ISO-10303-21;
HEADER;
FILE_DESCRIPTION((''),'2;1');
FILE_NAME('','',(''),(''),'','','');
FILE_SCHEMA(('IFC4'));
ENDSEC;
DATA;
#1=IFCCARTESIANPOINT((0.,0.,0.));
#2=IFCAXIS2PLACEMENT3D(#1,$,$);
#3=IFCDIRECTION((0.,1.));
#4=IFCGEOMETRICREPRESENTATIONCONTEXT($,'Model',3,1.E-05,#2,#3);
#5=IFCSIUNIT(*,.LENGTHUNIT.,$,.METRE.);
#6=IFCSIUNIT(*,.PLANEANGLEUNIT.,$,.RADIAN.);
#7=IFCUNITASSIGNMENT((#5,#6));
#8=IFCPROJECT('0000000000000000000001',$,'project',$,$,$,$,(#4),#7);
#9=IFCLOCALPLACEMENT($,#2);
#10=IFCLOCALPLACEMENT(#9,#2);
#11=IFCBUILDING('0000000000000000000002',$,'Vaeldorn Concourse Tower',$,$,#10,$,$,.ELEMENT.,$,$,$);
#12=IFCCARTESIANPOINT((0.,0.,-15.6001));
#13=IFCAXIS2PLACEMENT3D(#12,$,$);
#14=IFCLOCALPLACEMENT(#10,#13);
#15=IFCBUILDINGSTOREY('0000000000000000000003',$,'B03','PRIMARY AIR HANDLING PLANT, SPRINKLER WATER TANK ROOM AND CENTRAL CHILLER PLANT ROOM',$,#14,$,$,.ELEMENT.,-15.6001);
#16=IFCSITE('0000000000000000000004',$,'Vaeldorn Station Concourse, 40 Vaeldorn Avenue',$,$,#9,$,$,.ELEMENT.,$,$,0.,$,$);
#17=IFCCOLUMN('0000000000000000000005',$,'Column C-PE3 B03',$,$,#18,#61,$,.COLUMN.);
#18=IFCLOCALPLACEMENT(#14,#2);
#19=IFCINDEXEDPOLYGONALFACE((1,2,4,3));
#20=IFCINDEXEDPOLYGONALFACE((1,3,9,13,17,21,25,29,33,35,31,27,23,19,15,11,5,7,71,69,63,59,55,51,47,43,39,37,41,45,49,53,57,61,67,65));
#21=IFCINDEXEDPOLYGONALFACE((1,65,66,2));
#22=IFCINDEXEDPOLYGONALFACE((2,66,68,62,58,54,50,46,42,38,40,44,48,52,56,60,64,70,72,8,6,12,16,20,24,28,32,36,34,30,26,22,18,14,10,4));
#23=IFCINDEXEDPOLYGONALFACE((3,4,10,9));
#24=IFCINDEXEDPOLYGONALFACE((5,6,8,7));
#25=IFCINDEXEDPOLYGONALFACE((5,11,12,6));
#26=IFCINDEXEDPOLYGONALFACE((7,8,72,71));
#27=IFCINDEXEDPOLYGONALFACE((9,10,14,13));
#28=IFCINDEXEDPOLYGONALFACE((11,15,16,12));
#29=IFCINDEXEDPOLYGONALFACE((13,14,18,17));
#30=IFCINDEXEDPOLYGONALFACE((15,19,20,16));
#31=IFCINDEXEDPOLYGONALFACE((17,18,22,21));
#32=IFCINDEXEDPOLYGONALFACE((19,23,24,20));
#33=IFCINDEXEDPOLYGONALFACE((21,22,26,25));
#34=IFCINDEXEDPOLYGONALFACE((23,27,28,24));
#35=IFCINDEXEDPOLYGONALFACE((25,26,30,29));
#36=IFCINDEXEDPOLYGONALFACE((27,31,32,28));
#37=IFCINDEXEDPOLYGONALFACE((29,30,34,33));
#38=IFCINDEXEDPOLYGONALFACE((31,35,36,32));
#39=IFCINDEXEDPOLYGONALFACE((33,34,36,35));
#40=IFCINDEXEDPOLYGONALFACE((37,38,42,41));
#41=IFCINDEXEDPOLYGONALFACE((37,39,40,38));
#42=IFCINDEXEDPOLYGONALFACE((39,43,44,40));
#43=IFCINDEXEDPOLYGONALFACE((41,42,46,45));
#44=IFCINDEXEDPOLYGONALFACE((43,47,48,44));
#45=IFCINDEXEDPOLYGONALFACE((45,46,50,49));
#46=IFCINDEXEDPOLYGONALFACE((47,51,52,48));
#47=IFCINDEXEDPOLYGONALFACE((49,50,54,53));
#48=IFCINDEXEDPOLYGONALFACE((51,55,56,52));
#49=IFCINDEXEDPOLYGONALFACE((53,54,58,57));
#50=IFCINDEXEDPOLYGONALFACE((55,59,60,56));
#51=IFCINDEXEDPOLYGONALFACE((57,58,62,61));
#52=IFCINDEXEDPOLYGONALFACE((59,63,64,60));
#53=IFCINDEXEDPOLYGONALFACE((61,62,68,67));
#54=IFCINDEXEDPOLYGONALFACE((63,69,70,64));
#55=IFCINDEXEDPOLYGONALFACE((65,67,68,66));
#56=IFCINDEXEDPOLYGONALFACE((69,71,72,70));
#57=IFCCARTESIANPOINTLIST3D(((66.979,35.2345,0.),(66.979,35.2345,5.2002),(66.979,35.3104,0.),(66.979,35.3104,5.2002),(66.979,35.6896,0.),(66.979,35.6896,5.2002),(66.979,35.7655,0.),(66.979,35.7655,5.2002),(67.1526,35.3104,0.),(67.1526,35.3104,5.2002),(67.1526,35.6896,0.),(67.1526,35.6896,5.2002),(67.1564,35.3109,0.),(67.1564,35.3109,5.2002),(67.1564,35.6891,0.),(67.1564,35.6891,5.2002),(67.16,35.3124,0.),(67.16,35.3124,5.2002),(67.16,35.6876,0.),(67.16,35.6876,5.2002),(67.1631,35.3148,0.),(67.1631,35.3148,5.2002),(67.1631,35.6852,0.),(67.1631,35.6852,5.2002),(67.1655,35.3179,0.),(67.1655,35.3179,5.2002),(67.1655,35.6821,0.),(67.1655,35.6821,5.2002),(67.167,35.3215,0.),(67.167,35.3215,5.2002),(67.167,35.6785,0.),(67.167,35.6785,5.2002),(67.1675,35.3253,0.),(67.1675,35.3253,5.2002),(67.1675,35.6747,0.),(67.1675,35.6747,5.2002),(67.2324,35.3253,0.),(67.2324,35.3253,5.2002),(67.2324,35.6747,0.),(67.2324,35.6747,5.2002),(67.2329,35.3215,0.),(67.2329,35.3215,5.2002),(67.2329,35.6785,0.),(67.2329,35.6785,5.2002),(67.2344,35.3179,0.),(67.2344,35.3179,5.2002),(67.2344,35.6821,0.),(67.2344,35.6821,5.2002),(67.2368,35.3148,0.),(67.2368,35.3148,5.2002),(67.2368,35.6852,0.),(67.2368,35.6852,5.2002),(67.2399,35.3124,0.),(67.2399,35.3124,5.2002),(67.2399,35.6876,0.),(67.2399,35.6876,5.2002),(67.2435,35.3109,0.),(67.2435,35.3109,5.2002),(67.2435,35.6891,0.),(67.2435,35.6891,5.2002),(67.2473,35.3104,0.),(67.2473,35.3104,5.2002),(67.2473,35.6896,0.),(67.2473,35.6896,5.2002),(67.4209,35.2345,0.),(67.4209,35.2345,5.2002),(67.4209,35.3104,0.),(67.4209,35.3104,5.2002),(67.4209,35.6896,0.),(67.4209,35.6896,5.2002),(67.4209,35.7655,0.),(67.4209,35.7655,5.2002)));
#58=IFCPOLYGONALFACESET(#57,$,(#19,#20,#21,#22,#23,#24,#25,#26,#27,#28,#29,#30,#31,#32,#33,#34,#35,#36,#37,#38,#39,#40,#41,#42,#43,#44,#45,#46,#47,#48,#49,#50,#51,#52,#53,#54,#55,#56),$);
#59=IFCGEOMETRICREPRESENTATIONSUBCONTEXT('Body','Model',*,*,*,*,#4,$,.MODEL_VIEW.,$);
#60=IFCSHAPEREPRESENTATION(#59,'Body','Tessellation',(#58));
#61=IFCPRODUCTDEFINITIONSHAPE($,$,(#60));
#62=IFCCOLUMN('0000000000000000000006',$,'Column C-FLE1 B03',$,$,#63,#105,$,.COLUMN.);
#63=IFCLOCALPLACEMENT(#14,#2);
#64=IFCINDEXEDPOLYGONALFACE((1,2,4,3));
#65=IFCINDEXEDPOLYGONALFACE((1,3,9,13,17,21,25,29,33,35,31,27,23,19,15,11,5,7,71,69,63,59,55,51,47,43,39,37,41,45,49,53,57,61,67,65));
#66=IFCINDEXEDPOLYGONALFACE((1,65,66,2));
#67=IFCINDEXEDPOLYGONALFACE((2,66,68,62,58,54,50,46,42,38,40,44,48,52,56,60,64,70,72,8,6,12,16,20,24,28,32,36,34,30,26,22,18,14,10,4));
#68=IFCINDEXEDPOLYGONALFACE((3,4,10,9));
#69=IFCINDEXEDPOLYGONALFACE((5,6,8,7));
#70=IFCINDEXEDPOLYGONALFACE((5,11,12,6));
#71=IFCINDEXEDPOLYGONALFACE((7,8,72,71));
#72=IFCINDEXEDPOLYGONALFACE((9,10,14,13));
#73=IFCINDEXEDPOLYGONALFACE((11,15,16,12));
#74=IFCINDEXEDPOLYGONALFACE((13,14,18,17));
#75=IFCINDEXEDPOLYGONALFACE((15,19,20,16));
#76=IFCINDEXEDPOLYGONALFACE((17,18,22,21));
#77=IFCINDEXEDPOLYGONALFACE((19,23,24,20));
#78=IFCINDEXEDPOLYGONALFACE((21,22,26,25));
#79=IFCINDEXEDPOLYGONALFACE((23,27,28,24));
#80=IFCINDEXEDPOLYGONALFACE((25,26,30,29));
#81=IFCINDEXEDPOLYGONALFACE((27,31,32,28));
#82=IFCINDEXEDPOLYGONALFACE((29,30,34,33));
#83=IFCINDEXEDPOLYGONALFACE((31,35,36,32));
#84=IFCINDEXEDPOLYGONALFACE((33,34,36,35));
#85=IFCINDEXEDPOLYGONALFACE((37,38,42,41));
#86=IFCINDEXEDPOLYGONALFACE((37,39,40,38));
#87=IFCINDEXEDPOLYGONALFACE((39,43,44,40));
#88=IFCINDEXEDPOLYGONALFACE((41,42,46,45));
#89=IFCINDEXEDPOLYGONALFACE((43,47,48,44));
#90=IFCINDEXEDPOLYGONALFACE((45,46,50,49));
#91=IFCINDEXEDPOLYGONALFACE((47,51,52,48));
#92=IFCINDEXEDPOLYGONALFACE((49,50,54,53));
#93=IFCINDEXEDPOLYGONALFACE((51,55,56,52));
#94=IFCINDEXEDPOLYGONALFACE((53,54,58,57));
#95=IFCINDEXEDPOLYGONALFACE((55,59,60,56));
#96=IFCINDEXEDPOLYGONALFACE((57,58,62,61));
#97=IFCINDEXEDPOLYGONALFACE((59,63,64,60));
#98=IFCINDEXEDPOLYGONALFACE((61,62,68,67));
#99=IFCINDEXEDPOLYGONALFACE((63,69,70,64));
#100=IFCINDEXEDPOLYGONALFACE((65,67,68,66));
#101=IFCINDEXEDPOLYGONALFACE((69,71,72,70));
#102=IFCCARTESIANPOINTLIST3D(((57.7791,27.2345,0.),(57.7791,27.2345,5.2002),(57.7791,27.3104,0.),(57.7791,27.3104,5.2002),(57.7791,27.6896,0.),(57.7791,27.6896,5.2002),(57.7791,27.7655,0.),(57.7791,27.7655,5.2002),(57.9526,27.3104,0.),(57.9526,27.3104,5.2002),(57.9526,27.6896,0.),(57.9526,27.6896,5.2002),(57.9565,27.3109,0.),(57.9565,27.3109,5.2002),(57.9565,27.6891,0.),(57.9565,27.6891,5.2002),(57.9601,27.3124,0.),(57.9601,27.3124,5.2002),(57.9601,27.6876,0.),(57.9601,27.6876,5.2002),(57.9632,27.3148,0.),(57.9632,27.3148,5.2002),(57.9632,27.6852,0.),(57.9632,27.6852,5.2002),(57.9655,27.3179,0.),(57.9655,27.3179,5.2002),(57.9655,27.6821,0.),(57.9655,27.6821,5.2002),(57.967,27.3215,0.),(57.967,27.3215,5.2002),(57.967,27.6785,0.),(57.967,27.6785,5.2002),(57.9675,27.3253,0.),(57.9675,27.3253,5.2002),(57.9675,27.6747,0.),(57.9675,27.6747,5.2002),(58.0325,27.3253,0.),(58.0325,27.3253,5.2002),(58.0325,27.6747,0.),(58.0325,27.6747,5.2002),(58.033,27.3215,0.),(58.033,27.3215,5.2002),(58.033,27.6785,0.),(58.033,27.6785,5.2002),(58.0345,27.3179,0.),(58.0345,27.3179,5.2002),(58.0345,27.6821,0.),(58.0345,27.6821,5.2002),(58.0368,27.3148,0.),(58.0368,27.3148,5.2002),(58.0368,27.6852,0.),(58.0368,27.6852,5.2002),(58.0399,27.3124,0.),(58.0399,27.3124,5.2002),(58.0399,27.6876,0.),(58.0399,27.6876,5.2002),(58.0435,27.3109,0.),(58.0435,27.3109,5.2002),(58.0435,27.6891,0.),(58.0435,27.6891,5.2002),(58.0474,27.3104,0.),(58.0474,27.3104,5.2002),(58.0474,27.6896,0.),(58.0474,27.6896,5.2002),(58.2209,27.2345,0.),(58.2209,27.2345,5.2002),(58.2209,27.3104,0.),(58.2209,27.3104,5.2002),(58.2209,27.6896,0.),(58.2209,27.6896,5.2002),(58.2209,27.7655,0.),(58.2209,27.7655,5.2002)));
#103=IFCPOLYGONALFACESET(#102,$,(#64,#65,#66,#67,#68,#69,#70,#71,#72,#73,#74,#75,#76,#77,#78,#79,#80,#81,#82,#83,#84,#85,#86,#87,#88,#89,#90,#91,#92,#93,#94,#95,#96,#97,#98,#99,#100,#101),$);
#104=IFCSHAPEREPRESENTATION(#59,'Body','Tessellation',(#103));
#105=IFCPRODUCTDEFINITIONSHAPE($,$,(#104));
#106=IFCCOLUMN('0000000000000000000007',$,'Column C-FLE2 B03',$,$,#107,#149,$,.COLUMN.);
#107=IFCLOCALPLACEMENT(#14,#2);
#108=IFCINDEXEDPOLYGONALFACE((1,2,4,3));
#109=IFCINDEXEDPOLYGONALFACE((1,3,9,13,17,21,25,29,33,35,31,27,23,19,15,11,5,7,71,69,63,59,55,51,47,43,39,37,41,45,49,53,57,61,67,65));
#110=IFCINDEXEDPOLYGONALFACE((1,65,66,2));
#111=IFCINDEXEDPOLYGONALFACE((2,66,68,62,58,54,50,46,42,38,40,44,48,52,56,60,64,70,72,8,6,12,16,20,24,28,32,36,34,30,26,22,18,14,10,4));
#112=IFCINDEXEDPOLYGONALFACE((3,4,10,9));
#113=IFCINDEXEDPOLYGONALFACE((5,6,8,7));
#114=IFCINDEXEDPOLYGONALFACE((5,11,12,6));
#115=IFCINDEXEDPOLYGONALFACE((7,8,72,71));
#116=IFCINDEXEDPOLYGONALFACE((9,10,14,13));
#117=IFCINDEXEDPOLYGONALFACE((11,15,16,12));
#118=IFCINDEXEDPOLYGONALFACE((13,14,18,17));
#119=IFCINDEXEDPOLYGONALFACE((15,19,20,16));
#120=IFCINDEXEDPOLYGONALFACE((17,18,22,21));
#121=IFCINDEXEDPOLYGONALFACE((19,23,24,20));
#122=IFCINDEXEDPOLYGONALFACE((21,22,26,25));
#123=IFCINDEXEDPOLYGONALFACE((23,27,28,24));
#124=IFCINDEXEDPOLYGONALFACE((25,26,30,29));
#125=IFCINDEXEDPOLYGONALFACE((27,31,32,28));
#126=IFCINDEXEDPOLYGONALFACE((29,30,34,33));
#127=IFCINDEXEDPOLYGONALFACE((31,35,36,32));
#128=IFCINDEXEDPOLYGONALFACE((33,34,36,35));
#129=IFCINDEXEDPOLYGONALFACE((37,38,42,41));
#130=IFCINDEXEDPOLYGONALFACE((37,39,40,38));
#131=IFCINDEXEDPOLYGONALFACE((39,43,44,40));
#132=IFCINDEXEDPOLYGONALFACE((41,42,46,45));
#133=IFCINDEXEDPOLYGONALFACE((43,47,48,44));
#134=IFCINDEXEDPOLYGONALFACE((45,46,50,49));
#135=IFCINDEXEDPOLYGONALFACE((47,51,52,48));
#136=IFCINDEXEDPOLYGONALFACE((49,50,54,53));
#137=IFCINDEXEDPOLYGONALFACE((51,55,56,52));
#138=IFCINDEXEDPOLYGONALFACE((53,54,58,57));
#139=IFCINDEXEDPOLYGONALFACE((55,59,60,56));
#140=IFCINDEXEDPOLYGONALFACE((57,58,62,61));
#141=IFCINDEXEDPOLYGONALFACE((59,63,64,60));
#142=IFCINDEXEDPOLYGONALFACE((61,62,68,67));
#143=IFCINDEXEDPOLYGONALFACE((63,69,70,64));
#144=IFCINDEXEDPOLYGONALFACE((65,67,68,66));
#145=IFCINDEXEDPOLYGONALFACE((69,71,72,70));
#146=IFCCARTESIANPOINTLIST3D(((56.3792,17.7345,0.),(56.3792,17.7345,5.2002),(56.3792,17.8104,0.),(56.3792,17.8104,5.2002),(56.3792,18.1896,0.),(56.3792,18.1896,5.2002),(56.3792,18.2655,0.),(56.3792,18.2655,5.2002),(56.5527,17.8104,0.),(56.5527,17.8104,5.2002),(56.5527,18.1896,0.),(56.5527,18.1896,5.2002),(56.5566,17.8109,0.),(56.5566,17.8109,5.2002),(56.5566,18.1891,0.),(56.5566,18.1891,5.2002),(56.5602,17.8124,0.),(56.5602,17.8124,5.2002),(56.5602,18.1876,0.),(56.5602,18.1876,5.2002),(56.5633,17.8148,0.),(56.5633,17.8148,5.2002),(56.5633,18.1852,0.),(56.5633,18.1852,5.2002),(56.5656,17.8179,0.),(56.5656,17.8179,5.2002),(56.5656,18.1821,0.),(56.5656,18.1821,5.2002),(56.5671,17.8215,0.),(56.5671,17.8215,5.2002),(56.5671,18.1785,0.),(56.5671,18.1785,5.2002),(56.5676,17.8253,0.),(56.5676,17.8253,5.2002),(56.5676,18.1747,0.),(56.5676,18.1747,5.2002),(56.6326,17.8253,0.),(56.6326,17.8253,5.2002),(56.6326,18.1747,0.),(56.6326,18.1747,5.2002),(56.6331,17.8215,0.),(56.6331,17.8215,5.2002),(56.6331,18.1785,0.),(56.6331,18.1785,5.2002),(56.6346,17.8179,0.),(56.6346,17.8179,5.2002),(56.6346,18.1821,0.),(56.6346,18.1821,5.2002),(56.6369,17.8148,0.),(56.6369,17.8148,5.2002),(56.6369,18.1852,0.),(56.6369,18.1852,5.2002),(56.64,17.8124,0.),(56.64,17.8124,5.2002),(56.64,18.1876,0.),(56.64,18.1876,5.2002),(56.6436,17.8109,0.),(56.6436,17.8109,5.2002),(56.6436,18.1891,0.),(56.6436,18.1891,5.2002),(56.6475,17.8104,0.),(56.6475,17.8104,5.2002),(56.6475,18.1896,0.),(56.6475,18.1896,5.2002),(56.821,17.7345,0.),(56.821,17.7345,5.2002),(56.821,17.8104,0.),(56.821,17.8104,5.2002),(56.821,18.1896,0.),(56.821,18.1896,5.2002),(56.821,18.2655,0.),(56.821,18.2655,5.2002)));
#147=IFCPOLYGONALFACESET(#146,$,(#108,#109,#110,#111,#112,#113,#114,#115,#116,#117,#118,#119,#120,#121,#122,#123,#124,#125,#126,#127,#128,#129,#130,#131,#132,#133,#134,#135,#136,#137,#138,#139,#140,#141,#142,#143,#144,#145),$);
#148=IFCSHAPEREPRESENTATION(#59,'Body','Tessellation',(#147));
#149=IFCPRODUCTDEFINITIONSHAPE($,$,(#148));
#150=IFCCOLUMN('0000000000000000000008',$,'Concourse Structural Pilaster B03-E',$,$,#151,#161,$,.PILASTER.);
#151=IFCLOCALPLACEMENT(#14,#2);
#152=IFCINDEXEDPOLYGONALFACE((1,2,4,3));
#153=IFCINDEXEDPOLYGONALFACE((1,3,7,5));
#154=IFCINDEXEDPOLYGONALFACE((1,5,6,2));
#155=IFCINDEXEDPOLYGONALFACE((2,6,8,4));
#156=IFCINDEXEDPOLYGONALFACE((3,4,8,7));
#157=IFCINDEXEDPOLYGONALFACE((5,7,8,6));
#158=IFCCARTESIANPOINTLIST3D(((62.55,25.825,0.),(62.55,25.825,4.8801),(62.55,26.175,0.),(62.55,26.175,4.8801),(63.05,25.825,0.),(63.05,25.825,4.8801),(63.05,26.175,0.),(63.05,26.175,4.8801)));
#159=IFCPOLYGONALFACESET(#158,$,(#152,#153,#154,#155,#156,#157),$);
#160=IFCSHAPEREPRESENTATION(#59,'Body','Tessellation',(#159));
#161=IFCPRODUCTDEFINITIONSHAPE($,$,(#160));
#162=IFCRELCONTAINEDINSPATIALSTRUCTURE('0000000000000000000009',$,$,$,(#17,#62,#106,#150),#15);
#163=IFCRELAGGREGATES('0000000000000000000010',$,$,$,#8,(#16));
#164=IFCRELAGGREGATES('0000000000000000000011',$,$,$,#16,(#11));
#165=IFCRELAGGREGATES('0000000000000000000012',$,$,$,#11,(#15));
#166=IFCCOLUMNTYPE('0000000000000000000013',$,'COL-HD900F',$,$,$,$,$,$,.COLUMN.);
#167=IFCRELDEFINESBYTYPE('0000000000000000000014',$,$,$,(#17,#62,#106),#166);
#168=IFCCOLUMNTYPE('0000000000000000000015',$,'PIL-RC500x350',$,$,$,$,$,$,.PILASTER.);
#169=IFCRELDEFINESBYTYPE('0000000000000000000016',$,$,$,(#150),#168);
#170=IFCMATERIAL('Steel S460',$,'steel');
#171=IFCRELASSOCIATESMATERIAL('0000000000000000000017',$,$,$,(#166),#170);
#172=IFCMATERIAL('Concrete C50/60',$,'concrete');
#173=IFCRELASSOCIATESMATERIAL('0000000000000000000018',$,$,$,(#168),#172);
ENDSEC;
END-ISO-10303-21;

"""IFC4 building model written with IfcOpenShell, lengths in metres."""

from ifc_helpers import new_model, si_unit, direction, frame, origin, origin_2d, place, context, subcontext, project, spatial, rectangle, i_section, extrude, source, transform, mapped, material, material_profile, profile_set, type_object, element, save


model = new_model("IFC4")

# Units and contexts
model_context = context("Model", 3, precision=1e-05, world=origin(), true_north=direction((0.0, 1.0)))
body_context = subcontext(model_context, "Body", "Model", "MODEL_VIEW")
ifc_project = project(units=[si_unit("LENGTHUNIT", "METRE"), si_unit("PLANEANGLEUNIT", "RADIAN")], contexts=[model_context])

# Site, building, storey
site_placement = place(None, origin())
site = spatial("IfcSite", under=ifc_project, at=site_placement, Name="Vaeldorn Station Concourse, 40 Vaeldorn Avenue", CompositionType="ELEMENT", RefElevation=0.0)
building_placement = place(site_placement, origin())
building = spatial("IfcBuilding", under=site, at=building_placement, Name="Vaeldorn Concourse Tower", CompositionType="ELEMENT")
storey_placement = place(building_placement, frame((0.0, 0.0, -15.6001)))
storey = spatial("IfcBuildingStorey", under=building, at=storey_placement, Name="B03", Description="PRIMARY AIR HANDLING PLANT, SPRINKLER WATER TANK ROOM AND CENTRAL CHILLER PLANT ROOM", CompositionType="ELEMENT", Elevation=-15.6001)

# Shared definitions
ifc_material_1 = material(Name="Concrete C50/60", Category="concrete")

# Columns
ifc_material_2 = material(Name="Steel S460", Category="steel")
ifc_material_profile_1 = material_profile(ifc_material_2, i_section(OverallWidth=0.4419, OverallDepth=0.531, WebThickness=0.0649, FlangeThickness=0.0759, FilletRadius=0.0149, at=origin_2d()), Name="HD 400x900")
ifc_profile_set_1 = profile_set([ifc_material_profile_1], Name="Steel S460")
column_type_1 = type_object("IfcColumnType", Name="COL-HD900F", PredefinedType="COLUMN", material=ifc_profile_set_1)
shared_shape_1 = source(origin(), body_context, "Body", "SweptSolid", [
    extrude(i_section(OverallWidth=0.4419, OverallDepth=0.531, WebThickness=0.0649, FlangeThickness=0.0759, FilletRadius=0.0149, at=origin_2d()), origin(), (0.0, 0.0, 1.0), 5.2002),
])
for number, where, z_axis, x_axis, name in (
    (1, (67.2, 35.5, 0.0), (0.0, 0.0, 1.0), (1.0, 0.0, 0.0), "Column C-PE3 B03"),
    (2, (58.0, 27.5, 0.0), (0.0, 0.0, 1.0), (1.0, 0.0, 0.0), "Column C-FLE1 B03"),
    (3, (56.6001, 18.0, 0.0), (0.0, 0.0, 1.0), (1.0, 0.0, 0.0), "Column C-FLE2 B03"),
):
    element("IfcColumn", number, at=place(storey_placement, frame(where, z_axis=z_axis, x_axis=x_axis)), inside=storey, type_object=column_type_1, Name=name, PredefinedType="COLUMN", context=body_context, shape_type="MappedRepresentation", body=[
        mapped(shared_shape_1, transform((0.0, 0.0, 0.0), scale=1.0)),
    ])
ifc_material_profile_2 = material_profile(ifc_material_1, rectangle(XDim=0.5, YDim=0.3501, at=origin_2d()), Name="RC 500x350")
ifc_profile_set_2 = profile_set([ifc_material_profile_2], Name="Concrete C50/60")
column_type_2 = type_object("IfcColumnType", Name="PIL-RC500x350", PredefinedType="PILASTER", material=ifc_profile_set_2)
shared_shape_2 = source(origin(), body_context, "Body", "SweptSolid", [
    extrude(rectangle(XDim=0.5, YDim=0.3501, at=origin_2d()), origin(), (0.0, 0.0, 1.0), 4.8801),
])
column_placement = place(storey_placement, frame((62.8, 26.0, 0.0), z_axis=(0.0, 0.0, 1.0), x_axis=(1.0, 0.0, 0.0)))
element("IfcColumn", 4, at=column_placement, inside=storey, type_object=column_type_2, Name="Concourse Structural Pilaster B03-E", PredefinedType="PILASTER", context=body_context, shape_type="MappedRepresentation", body=[
    mapped(shared_shape_2, transform((0.0, 0.0, 0.0), scale=1.0)),
])

save(model, "model.ifc")
